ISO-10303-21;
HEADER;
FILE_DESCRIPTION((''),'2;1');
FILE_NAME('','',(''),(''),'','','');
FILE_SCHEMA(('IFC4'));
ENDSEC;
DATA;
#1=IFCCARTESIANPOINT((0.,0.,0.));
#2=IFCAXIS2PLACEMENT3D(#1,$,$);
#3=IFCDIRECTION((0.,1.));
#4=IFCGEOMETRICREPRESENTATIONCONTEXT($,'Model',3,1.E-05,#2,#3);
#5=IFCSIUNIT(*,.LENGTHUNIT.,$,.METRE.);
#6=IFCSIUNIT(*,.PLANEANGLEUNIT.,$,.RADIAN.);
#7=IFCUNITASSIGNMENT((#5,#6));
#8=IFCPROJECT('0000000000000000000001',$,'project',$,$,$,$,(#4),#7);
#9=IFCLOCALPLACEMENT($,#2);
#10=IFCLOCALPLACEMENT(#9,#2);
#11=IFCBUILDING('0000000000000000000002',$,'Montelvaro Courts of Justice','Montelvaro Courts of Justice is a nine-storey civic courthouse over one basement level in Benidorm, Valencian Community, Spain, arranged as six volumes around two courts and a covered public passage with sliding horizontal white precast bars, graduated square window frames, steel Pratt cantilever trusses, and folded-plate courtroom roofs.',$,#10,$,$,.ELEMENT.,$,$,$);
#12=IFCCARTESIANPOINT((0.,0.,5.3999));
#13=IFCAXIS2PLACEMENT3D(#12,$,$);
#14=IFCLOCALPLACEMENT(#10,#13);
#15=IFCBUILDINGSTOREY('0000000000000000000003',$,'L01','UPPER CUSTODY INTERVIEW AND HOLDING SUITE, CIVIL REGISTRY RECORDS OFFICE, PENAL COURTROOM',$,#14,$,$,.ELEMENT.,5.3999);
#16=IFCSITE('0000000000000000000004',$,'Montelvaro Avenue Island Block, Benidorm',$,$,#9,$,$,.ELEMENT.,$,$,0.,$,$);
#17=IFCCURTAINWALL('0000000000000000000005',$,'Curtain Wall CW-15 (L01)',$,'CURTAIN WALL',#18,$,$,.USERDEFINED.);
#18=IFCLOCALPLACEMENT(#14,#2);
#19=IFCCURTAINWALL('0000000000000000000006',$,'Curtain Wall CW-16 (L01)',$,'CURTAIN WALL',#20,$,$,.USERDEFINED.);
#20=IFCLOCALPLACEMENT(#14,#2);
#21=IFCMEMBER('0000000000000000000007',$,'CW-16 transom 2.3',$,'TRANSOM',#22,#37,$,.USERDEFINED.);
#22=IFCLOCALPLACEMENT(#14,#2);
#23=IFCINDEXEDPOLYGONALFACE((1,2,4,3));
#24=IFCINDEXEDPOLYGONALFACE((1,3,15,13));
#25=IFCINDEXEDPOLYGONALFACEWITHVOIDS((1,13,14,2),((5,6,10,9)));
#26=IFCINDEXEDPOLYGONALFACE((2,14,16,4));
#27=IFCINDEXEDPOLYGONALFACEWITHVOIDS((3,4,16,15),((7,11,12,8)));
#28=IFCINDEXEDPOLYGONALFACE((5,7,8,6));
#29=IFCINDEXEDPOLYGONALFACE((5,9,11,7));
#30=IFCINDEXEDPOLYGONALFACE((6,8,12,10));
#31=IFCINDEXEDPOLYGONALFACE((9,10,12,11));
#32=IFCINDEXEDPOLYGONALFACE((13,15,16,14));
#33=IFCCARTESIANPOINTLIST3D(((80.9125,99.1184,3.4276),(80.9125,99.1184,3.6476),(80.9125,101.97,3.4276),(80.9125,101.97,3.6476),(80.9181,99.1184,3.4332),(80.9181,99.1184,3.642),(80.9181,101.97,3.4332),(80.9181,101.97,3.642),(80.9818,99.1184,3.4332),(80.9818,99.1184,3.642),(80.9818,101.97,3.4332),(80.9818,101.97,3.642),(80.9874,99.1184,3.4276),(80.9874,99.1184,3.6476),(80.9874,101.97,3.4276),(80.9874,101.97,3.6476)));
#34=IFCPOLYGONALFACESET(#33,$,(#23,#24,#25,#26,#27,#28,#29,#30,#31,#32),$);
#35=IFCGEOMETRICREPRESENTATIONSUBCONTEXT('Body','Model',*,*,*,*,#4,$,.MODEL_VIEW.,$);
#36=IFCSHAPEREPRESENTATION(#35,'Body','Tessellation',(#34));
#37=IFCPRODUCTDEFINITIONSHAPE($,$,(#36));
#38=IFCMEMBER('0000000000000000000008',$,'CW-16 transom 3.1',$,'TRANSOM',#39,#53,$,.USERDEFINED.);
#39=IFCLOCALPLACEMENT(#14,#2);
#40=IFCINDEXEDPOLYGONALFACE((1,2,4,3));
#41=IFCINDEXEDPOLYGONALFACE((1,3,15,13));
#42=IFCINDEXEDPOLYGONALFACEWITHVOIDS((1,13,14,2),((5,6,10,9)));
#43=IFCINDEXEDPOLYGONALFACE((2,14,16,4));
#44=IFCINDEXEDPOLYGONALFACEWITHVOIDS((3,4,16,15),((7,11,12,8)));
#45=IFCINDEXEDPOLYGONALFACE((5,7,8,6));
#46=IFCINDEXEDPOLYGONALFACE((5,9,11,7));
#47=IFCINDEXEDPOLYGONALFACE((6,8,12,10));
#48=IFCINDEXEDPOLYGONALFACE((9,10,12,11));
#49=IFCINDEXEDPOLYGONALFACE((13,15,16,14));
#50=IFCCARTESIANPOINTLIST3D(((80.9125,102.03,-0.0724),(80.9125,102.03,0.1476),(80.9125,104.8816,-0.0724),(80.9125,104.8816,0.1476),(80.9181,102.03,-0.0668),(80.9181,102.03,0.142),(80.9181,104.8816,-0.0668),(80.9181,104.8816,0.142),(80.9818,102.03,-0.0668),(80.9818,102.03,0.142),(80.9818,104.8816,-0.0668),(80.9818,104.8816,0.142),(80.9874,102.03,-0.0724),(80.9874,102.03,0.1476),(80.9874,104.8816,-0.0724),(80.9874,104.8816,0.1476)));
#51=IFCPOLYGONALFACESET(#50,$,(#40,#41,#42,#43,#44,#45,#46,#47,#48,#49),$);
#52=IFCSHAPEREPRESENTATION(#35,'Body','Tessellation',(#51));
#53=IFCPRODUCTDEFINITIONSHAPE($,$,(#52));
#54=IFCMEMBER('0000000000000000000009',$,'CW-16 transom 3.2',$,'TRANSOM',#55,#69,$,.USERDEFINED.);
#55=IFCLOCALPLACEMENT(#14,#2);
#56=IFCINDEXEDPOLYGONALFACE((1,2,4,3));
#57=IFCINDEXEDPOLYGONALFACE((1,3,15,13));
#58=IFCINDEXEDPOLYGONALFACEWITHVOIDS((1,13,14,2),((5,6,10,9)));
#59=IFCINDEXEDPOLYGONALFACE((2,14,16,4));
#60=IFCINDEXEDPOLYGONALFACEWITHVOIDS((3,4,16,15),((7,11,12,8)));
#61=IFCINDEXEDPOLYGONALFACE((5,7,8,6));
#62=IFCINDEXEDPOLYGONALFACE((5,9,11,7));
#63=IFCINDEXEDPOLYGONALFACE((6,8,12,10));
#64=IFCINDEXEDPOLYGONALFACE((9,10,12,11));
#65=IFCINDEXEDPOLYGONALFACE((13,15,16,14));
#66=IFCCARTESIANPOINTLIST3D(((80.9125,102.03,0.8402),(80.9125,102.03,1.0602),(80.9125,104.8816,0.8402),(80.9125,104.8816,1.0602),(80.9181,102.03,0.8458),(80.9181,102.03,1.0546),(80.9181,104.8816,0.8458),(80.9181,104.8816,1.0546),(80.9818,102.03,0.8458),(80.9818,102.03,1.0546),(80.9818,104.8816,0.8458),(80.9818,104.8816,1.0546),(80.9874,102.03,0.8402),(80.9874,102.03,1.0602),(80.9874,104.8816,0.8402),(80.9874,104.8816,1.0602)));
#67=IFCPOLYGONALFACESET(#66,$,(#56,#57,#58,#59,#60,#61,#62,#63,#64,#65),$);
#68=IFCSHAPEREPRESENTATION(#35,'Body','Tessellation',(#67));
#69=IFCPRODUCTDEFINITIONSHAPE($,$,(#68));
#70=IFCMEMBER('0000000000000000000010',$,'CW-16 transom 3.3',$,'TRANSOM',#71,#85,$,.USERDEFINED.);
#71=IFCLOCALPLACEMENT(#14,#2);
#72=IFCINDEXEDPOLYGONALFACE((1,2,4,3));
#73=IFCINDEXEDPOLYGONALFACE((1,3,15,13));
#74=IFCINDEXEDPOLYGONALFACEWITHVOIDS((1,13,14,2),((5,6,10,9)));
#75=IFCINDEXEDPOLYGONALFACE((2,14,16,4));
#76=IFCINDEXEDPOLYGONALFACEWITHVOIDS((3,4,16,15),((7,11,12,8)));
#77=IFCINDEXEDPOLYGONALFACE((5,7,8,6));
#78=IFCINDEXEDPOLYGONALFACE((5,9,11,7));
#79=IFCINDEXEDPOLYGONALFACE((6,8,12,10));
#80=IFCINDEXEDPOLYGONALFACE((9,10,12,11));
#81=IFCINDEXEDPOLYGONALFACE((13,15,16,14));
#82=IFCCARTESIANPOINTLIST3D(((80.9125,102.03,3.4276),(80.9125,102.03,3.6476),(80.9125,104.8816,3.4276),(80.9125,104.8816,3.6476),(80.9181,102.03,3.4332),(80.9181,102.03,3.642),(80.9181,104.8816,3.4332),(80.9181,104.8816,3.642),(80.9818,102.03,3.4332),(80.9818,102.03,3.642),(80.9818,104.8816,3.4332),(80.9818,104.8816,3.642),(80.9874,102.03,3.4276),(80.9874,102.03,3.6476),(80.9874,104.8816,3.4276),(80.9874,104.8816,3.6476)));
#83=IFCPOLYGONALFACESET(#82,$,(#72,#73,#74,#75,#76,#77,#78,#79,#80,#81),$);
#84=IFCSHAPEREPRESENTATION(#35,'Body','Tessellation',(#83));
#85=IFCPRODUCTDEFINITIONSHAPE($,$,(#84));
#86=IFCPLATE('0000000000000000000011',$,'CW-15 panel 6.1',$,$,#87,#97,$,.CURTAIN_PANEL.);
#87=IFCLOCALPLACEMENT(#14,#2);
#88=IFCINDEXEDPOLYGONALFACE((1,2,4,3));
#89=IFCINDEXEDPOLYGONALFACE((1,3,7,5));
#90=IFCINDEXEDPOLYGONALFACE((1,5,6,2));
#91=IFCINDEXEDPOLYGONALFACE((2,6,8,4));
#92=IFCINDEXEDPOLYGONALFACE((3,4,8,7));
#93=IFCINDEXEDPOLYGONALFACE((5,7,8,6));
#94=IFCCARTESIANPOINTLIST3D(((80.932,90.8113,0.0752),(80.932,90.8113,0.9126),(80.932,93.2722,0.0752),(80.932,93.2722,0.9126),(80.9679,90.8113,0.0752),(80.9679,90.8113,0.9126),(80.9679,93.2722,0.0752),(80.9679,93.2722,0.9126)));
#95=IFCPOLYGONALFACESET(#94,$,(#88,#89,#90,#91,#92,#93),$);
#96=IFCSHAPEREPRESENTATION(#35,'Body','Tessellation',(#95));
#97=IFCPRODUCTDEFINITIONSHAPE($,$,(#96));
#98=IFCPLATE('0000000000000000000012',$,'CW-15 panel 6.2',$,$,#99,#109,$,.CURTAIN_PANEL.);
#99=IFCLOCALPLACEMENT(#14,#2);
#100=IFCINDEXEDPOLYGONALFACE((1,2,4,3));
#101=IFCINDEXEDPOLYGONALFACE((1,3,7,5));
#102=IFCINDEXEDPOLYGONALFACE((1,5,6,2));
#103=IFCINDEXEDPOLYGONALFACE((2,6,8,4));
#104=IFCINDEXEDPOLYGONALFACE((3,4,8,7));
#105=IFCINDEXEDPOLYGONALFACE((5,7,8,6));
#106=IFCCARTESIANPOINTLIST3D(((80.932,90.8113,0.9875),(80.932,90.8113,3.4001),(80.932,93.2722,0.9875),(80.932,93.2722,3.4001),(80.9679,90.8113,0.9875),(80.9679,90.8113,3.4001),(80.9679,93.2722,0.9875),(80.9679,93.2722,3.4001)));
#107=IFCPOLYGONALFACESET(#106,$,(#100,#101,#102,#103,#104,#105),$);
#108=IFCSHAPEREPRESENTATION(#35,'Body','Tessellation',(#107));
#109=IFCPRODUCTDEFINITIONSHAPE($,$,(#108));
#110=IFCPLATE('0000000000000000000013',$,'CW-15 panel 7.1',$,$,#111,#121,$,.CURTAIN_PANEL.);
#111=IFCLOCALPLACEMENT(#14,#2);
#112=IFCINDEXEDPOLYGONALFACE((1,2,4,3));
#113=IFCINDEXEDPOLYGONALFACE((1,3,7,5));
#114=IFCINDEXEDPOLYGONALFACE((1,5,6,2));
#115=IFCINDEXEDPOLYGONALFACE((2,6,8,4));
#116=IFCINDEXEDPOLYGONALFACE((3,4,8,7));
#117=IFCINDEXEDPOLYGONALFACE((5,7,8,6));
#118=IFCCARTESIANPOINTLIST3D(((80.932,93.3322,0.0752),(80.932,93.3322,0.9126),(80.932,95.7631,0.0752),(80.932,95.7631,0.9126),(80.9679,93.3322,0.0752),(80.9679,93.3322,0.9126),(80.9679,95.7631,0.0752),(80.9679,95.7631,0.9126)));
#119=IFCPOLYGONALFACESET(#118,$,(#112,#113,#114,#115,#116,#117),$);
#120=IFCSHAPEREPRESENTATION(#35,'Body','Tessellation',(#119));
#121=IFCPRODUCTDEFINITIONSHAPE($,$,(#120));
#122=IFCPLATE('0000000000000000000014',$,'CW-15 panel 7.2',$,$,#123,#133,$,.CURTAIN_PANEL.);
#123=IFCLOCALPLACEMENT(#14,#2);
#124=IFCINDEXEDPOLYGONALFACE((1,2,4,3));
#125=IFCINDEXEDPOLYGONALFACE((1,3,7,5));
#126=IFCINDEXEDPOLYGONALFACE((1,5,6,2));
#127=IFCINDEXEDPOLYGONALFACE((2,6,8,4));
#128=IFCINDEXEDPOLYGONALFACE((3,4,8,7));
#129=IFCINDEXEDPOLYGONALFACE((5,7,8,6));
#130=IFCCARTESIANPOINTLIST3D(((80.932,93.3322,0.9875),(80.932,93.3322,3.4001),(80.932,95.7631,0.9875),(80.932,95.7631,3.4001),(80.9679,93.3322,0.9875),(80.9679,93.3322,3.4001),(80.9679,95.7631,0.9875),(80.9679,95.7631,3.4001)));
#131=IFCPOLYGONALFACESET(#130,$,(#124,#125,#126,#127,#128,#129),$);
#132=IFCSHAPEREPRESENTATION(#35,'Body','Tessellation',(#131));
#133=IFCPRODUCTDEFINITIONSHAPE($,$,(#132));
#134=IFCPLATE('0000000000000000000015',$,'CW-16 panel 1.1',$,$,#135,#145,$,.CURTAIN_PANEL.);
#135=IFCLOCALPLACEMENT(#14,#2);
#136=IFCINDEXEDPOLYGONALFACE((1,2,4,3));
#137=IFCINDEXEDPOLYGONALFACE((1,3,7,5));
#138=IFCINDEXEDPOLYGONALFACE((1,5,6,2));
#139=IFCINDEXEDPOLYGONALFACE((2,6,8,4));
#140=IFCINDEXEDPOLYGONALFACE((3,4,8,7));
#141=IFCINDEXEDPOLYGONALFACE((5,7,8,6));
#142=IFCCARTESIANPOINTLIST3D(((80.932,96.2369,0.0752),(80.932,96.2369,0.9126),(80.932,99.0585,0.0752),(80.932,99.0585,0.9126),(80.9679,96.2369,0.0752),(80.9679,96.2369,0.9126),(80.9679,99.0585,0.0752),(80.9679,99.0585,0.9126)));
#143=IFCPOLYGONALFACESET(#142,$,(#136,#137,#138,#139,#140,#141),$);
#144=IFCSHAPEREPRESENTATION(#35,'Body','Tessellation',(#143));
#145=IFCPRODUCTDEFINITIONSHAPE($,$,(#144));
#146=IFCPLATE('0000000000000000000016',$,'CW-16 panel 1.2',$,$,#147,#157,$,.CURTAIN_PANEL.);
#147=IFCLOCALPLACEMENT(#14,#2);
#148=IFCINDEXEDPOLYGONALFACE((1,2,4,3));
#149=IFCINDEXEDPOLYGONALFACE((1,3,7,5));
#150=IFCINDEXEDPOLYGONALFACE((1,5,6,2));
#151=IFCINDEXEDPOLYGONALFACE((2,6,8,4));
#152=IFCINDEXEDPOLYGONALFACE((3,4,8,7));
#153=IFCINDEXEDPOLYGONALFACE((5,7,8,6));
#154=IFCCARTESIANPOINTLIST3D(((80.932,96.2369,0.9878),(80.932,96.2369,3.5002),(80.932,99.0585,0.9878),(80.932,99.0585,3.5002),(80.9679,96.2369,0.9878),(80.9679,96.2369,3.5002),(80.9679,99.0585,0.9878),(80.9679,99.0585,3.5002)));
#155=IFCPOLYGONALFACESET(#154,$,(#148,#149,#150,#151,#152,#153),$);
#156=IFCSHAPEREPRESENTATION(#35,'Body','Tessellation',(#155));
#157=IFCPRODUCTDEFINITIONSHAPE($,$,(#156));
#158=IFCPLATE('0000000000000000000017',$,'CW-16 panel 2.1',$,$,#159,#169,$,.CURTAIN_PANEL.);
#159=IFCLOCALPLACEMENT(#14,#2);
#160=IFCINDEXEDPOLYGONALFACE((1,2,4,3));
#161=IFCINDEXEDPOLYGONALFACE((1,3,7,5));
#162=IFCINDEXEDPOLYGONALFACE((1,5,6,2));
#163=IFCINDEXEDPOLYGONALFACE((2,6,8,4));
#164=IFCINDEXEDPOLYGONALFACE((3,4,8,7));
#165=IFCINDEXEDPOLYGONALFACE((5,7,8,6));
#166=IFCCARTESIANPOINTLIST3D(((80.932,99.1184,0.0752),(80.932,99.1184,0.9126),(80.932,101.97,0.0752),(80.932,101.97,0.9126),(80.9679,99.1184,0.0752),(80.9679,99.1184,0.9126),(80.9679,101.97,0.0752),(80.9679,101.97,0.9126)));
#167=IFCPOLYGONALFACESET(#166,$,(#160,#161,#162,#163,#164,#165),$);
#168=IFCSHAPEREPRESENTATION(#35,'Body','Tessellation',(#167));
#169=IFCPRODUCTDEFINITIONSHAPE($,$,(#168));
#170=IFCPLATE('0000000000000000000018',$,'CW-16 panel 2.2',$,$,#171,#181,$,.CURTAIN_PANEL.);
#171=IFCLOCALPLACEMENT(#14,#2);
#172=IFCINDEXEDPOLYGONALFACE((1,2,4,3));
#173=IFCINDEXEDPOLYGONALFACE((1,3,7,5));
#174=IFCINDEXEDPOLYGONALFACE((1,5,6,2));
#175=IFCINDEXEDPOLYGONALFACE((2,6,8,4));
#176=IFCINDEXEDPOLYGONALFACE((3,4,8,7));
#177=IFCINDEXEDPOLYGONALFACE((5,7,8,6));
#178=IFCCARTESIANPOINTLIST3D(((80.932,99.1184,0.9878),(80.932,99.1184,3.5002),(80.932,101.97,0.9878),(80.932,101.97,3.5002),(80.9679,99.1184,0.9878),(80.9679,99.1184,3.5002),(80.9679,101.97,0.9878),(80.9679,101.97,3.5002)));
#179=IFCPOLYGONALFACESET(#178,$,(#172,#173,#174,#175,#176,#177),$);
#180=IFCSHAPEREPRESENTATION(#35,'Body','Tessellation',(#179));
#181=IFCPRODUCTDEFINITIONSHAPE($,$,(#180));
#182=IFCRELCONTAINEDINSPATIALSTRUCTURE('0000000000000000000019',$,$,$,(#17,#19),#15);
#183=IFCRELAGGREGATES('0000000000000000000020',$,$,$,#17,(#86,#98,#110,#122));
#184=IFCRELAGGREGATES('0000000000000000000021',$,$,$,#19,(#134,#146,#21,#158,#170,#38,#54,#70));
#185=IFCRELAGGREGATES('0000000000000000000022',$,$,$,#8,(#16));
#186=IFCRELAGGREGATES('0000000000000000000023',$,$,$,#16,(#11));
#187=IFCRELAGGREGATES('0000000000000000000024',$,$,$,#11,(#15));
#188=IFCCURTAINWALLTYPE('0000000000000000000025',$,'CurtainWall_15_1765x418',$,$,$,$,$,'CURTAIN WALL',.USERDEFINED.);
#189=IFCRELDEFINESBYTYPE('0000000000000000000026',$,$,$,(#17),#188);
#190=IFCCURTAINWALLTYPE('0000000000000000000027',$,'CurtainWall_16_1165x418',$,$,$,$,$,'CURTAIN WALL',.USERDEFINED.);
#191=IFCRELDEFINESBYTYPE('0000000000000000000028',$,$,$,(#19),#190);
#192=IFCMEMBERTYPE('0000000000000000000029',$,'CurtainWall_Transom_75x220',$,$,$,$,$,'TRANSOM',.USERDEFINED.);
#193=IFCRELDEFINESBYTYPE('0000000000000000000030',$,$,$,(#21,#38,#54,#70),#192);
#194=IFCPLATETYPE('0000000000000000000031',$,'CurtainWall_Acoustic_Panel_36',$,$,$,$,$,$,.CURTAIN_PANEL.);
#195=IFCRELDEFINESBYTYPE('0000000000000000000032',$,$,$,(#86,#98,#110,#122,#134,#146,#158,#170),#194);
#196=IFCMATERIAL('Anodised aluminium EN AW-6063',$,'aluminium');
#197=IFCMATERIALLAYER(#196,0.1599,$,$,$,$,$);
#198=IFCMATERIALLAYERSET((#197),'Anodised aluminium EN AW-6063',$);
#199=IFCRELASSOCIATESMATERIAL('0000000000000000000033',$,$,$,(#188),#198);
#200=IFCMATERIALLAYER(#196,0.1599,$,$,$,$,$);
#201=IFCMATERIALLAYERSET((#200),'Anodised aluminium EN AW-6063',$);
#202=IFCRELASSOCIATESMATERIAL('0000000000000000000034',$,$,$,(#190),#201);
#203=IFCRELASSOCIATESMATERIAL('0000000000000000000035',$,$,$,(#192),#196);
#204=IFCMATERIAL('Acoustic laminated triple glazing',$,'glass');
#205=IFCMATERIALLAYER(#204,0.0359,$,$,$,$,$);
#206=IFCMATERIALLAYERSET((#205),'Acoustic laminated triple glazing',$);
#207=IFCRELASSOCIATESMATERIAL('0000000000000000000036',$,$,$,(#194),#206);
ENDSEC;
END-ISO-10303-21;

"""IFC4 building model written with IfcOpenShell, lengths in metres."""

from ifc_helpers import new_model, si_unit, direction, frame, origin, origin_2d, place, context, subcontext, project, spatial, rectangle, hollow_rectangle, extrude, material, layer, layer_set, material_profile, profile_set, type_object, element, aggregate, save


model = new_model("IFC4")

# Units and contexts
model_context = context("Model", 3, precision=1e-05, world=origin(), true_north=direction((0.0, 1.0)))
body_context = subcontext(model_context, "Body", "Model", "MODEL_VIEW")
ifc_project = project(units=[si_unit("LENGTHUNIT", "METRE"), si_unit("PLANEANGLEUNIT", "RADIAN")], contexts=[model_context])

# Site, building, storey
site_placement = place(None, origin())
site = spatial("IfcSite", under=ifc_project, at=site_placement, Name="Montelvaro Avenue Island Block, Benidorm", CompositionType="ELEMENT", RefElevation=0.0)
building_placement = place(site_placement, origin())
building = spatial("IfcBuilding", under=site, at=building_placement, Name="Montelvaro Courts of Justice", Description="Montelvaro Courts of Justice is a nine-storey civic courthouse over one basement level in Benidorm, Valencian Community, Spain, arranged as six volumes around two courts and a covered public passage with sliding horizontal white precast bars, graduated square window frames, steel Pratt cantilever trusses, and folded-plate courtroom roofs.", CompositionType="ELEMENT")
storey_placement = place(building_placement, frame((0.0, 0.0, 5.3999)))
storey = spatial("IfcBuildingStorey", under=building, at=storey_placement, Name="L01", Description="UPPER CUSTODY INTERVIEW AND HOLDING SUITE, CIVIL REGISTRY RECORDS OFFICE, PENAL COURTROOM", CompositionType="ELEMENT", Elevation=5.3999)

# Curtain walls
ifc_material_1 = material(Name="Anodised aluminium EN AW-6063", Category="aluminium")
ifc_layer_1 = layer(ifc_material_1, 0.1599)
ifc_layer_set_1 = layer_set([ifc_layer_1], Name="Anodised aluminium EN AW-6063")
curtain_wall_type_1 = type_object("IfcCurtainWallType", Name="CurtainWall_15_1765x418", ElementType="CURTAIN WALL", PredefinedType="USERDEFINED", material=ifc_layer_set_1)
curtain_wall_1_placement = place(storey_placement, origin())
curtain_wall_1 = element("IfcCurtainWall", 1, at=curtain_wall_1_placement, inside=storey, type_object=curtain_wall_type_1, Name="Curtain Wall CW-15 (L01)", ObjectType="CURTAIN WALL", PredefinedType="USERDEFINED")
ifc_layer_2 = layer(ifc_material_1, 0.1599)
ifc_layer_set_2 = layer_set([ifc_layer_2], Name="Anodised aluminium EN AW-6063")
curtain_wall_type_2 = type_object("IfcCurtainWallType", Name="CurtainWall_16_1165x418", ElementType="CURTAIN WALL", PredefinedType="USERDEFINED", material=ifc_layer_set_2)
curtain_wall_2_placement = place(storey_placement, origin())
curtain_wall_2 = element("IfcCurtainWall", 2, at=curtain_wall_2_placement, inside=storey, type_object=curtain_wall_type_2, Name="Curtain Wall CW-16 (L01)", ObjectType="CURTAIN WALL", PredefinedType="USERDEFINED")

# Members
ifc_material_profile_1 = material_profile(ifc_material_1, hollow_rectangle(XDim=0.075, YDim=0.22, WallThickness=0.0056, at=origin_2d()), Name="ALU-T 75x220")
ifc_profile_set_1 = profile_set([ifc_material_profile_1], Name="Anodised aluminium EN AW-6063")
member_type_1 = type_object("IfcMemberType", Name="CurtainWall_Transom_75x220", ElementType="TRANSOM", PredefinedType="USERDEFINED", material=ifc_profile_set_1)
member_1_placement = place(storey_placement, frame((80.95, 99.1184, 3.5376), z_axis=(0.0, 1.0, 0.0), x_axis=(-1.0, 0.0, 0.0)))
member_1 = element("IfcMember", 3, at=member_1_placement, type_object=member_type_1, Name="CW-16 transom 2.3", ObjectType="TRANSOM", PredefinedType="USERDEFINED", context=body_context, shape_type="SweptSolid", body=[
    extrude(hollow_rectangle(XDim=0.075, YDim=0.22, WallThickness=0.0056, at=origin_2d()), origin(), (0.0, 0.0, 1.0), 2.8516),
])
member_2_placement = place(storey_placement, frame((80.95, 102.03, 0.0376), z_axis=(0.0, 1.0, 0.0), x_axis=(-1.0, 0.0, 0.0)))
member_2 = element("IfcMember", 4, at=member_2_placement, type_object=member_type_1, Name="CW-16 transom 3.1", ObjectType="TRANSOM", PredefinedType="USERDEFINED", context=body_context, shape_type="SweptSolid", body=[
    extrude(hollow_rectangle(XDim=0.075, YDim=0.22, WallThickness=0.0056, at=origin_2d()), origin(), (0.0, 0.0, 1.0), 2.8516),
])
member_3_placement = place(storey_placement, frame((80.95, 102.03, 0.9502), z_axis=(0.0, 1.0, 0.0), x_axis=(-1.0, 0.0, 0.0)))
member_3 = element("IfcMember", 5, at=member_3_placement, type_object=member_type_1, Name="CW-16 transom 3.2", ObjectType="TRANSOM", PredefinedType="USERDEFINED", context=body_context, shape_type="SweptSolid", body=[
    extrude(hollow_rectangle(XDim=0.075, YDim=0.22, WallThickness=0.0056, at=origin_2d()), origin(), (0.0, 0.0, 1.0), 2.8516),
])
member_4_placement = place(storey_placement, frame((80.95, 102.03, 3.5376), z_axis=(0.0, 1.0, 0.0), x_axis=(-1.0, 0.0, 0.0)))
member_4 = element("IfcMember", 6, at=member_4_placement, type_object=member_type_1, Name="CW-16 transom 3.3", ObjectType="TRANSOM", PredefinedType="USERDEFINED", context=body_context, shape_type="SweptSolid", body=[
    extrude(hollow_rectangle(XDim=0.075, YDim=0.22, WallThickness=0.0056, at=origin_2d()), origin(), (0.0, 0.0, 1.0), 2.8516),
])

# Plates
ifc_material_2 = material(Name="Acoustic laminated triple glazing", Category="glass")
ifc_layer_3 = layer(ifc_material_2, 0.0359)
ifc_layer_set_3 = layer_set([ifc_layer_3], Name="Acoustic laminated triple glazing")
plate_type = type_object("IfcPlateType", Name="CurtainWall_Acoustic_Panel_36", PredefinedType="CURTAIN_PANEL", material=ifc_layer_set_3)
plate_1_placement = place(storey_placement, frame((80.95, 92.0417, 0.0752), z_axis=(0.0, 0.0, 1.0), x_axis=(0.0, 1.0, 0.0)))
plate_1 = element("IfcPlate", 7, at=plate_1_placement, type_object=plate_type, Name="CW-15 panel 6.1", PredefinedType="CURTAIN_PANEL", context=body_context, shape_type="SweptSolid", body=[
    extrude(rectangle(XDim=2.4609, YDim=0.0359, at=origin_2d()), origin(), (0.0, 0.0, 1.0), 0.8374),
])
plate_2_placement = place(storey_placement, frame((80.95, 92.0417, 0.9875), z_axis=(0.0, 0.0, 1.0), x_axis=(0.0, 1.0, 0.0)))
plate_2 = element("IfcPlate", 8, at=plate_2_placement, type_object=plate_type, Name="CW-15 panel 6.2", PredefinedType="CURTAIN_PANEL", context=body_context, shape_type="SweptSolid", body=[
    extrude(rectangle(XDim=2.4609, YDim=0.0359, at=origin_2d()), origin(), (0.0, 0.0, 1.0), 2.4126),
])
plate_3_placement = place(storey_placement, frame((80.95, 94.5476, 0.0752), z_axis=(0.0, 0.0, 1.0), x_axis=(0.0, 1.0, 0.0)))
plate_3 = element("IfcPlate", 9, at=plate_3_placement, type_object=plate_type, Name="CW-15 panel 7.1", PredefinedType="CURTAIN_PANEL", context=body_context, shape_type="SweptSolid", body=[
    extrude(rectangle(XDim=2.4309, YDim=0.0359, at=origin_2d()), origin(), (0.0, 0.0, 1.0), 0.8374),
])
plate_4_placement = place(storey_placement, frame((80.95, 94.5476, 0.9875), z_axis=(0.0, 0.0, 1.0), x_axis=(0.0, 1.0, 0.0)))
plate_4 = element("IfcPlate", 10, at=plate_4_placement, type_object=plate_type, Name="CW-15 panel 7.2", PredefinedType="CURTAIN_PANEL", context=body_context, shape_type="SweptSolid", body=[
    extrude(rectangle(XDim=2.4309, YDim=0.0359, at=origin_2d()), origin(), (0.0, 0.0, 1.0), 2.4126),
])
aggregate(curtain_wall_1, [plate_1, plate_2, plate_3, plate_4])
plate_5_placement = place(storey_placement, frame((80.95, 97.6477, 0.0752), z_axis=(0.0, 0.0, 1.0), x_axis=(0.0, 1.0, 0.0)))
plate_5 = element("IfcPlate", 11, at=plate_5_placement, type_object=plate_type, Name="CW-16 panel 1.1", PredefinedType="CURTAIN_PANEL", context=body_context, shape_type="SweptSolid", body=[
    extrude(rectangle(XDim=2.8215, YDim=0.0359, at=origin_2d()), origin(), (0.0, 0.0, 1.0), 0.8374),
])
plate_6_placement = place(storey_placement, frame((80.95, 97.6477, 0.9878), z_axis=(0.0, 0.0, 1.0), x_axis=(0.0, 1.0, 0.0)))
plate_6 = element("IfcPlate", 12, at=plate_6_placement, type_object=plate_type, Name="CW-16 panel 1.2", PredefinedType="CURTAIN_PANEL", context=body_context, shape_type="SweptSolid", body=[
    extrude(rectangle(XDim=2.8215, YDim=0.0359, at=origin_2d()), origin(), (0.0, 0.0, 1.0), 2.5125),
])
plate_7_placement = place(storey_placement, frame((80.95, 100.5442, 0.0752), z_axis=(0.0, 0.0, 1.0), x_axis=(0.0, 1.0, 0.0)))
plate_7 = element("IfcPlate", 13, at=plate_7_placement, type_object=plate_type, Name="CW-16 panel 2.1", PredefinedType="CURTAIN_PANEL", context=body_context, shape_type="SweptSolid", body=[
    extrude(rectangle(XDim=2.8516, YDim=0.0359, at=origin_2d()), origin(), (0.0, 0.0, 1.0), 0.8374),
])
plate_8_placement = place(storey_placement, frame((80.95, 100.5442, 0.9878), z_axis=(0.0, 0.0, 1.0), x_axis=(0.0, 1.0, 0.0)))
plate_8 = element("IfcPlate", 14, at=plate_8_placement, type_object=plate_type, Name="CW-16 panel 2.2", PredefinedType="CURTAIN_PANEL", context=body_context, shape_type="SweptSolid", body=[
    extrude(rectangle(XDim=2.8516, YDim=0.0359, at=origin_2d()), origin(), (0.0, 0.0, 1.0), 2.5125),
])
aggregate(curtain_wall_2, [plate_5, plate_6, member_1, plate_7, plate_8, member_2, member_3, member_4])

save(model, "model.ifc")
